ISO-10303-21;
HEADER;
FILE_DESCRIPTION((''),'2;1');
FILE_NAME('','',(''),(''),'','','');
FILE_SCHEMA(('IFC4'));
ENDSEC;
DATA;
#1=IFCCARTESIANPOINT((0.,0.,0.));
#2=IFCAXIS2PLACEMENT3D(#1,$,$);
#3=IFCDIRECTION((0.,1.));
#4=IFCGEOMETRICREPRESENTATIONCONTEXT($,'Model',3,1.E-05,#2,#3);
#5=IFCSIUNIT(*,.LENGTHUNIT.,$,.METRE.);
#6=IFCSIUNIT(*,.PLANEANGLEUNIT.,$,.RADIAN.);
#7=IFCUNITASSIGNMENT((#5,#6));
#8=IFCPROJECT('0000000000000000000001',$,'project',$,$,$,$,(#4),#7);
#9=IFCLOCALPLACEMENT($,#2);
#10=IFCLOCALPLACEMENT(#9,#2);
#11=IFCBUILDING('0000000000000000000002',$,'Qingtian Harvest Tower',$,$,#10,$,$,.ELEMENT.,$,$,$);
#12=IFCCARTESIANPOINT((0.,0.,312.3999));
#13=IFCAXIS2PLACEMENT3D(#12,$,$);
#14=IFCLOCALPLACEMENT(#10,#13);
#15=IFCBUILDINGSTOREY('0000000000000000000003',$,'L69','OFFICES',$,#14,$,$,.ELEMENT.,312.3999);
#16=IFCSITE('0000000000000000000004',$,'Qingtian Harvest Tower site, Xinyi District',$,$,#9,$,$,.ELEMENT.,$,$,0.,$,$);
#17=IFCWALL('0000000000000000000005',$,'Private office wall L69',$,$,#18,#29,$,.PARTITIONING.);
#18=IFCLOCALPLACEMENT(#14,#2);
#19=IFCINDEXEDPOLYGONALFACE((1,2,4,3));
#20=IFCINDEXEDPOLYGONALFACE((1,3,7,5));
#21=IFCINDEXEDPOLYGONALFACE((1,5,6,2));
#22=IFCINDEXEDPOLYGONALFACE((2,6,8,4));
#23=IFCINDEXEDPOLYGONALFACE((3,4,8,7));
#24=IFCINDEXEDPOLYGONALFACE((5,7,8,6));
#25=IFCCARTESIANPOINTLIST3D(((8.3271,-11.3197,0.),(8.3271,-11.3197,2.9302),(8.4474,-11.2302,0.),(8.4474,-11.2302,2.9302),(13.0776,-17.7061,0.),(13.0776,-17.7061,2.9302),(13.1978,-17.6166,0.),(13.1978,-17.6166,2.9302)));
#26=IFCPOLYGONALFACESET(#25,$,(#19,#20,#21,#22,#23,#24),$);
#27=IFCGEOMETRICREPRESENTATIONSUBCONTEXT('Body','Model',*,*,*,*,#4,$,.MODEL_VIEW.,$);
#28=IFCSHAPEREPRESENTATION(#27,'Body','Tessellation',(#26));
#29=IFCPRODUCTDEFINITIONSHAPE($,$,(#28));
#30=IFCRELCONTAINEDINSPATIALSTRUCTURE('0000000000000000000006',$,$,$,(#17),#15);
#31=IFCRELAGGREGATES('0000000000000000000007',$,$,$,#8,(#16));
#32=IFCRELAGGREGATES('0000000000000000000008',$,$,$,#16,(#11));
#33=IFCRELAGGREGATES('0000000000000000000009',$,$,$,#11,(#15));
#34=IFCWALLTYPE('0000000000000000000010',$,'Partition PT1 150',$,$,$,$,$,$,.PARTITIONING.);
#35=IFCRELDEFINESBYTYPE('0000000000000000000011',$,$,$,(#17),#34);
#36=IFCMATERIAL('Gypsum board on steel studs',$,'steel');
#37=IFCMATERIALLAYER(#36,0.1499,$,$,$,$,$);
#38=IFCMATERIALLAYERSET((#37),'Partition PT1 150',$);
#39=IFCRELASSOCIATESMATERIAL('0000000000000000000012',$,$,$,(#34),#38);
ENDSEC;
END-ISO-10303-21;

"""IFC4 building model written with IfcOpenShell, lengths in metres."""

from ifc_helpers import new_model, si_unit, direction, frame, frame_2d, origin, place, context, subcontext, project, spatial, rectangle, extrude, material, layer, layer_set, type_object, element, save


model = new_model("IFC4")

# Units and contexts
model_context = context("Model", 3, precision=1e-05, world=origin(), true_north=direction((0.0, 1.0)))
body_context = subcontext(model_context, "Body", "Model", "MODEL_VIEW")
ifc_project = project(units=[si_unit("LENGTHUNIT", "METRE"), si_unit("PLANEANGLEUNIT", "RADIAN")], contexts=[model_context])

# Site, building, storey
site_placement = place(None, origin())
site = spatial("IfcSite", under=ifc_project, at=site_placement, Name="Qingtian Harvest Tower site, Xinyi District", CompositionType="ELEMENT", RefElevation=0.0)
building_placement = place(site_placement, origin())
building = spatial("IfcBuilding", under=site, at=building_placement, Name="Qingtian Harvest Tower", CompositionType="ELEMENT")
storey_placement = place(building_placement, frame((0.0, 0.0, 312.3999)))
storey = spatial("IfcBuildingStorey", under=building, at=storey_placement, Name="L69", Description="OFFICES", CompositionType="ELEMENT", Elevation=312.3999)

# Shared definitions
ifc_material_1 = material(Name="Gypsum board on steel studs", Category="steel")
ifc_layer_1 = layer(ifc_material_1, 0.1499)
ifc_layer_set_1 = layer_set([ifc_layer_1], Name="Partition PT1 150")
wall_type = type_object("IfcWallType", Name="Partition PT1 150", PredefinedType="PARTITIONING", material=ifc_layer_set_1)

# Wall
wall_1_placement = place(storey_placement, frame((13.1377, -17.6614, 0.0), z_axis=(0.0, 0.0, 1.0), x_axis=(-0.59683, 0.802368, 0.0)))
element("IfcWall", 1, at=wall_1_placement, inside=storey, type_object=wall_type, Name="Private office wall L69", PredefinedType="PARTITIONING", context=body_context, shape_type="SweptSolid", body=[
    extrude(rectangle(XDim=7.9595, YDim=0.1499, at=frame_2d((3.9797, 0.0))), origin(), (0.0, 0.0, 1.0), 2.9302),
])

save(model, "model.ifc")
